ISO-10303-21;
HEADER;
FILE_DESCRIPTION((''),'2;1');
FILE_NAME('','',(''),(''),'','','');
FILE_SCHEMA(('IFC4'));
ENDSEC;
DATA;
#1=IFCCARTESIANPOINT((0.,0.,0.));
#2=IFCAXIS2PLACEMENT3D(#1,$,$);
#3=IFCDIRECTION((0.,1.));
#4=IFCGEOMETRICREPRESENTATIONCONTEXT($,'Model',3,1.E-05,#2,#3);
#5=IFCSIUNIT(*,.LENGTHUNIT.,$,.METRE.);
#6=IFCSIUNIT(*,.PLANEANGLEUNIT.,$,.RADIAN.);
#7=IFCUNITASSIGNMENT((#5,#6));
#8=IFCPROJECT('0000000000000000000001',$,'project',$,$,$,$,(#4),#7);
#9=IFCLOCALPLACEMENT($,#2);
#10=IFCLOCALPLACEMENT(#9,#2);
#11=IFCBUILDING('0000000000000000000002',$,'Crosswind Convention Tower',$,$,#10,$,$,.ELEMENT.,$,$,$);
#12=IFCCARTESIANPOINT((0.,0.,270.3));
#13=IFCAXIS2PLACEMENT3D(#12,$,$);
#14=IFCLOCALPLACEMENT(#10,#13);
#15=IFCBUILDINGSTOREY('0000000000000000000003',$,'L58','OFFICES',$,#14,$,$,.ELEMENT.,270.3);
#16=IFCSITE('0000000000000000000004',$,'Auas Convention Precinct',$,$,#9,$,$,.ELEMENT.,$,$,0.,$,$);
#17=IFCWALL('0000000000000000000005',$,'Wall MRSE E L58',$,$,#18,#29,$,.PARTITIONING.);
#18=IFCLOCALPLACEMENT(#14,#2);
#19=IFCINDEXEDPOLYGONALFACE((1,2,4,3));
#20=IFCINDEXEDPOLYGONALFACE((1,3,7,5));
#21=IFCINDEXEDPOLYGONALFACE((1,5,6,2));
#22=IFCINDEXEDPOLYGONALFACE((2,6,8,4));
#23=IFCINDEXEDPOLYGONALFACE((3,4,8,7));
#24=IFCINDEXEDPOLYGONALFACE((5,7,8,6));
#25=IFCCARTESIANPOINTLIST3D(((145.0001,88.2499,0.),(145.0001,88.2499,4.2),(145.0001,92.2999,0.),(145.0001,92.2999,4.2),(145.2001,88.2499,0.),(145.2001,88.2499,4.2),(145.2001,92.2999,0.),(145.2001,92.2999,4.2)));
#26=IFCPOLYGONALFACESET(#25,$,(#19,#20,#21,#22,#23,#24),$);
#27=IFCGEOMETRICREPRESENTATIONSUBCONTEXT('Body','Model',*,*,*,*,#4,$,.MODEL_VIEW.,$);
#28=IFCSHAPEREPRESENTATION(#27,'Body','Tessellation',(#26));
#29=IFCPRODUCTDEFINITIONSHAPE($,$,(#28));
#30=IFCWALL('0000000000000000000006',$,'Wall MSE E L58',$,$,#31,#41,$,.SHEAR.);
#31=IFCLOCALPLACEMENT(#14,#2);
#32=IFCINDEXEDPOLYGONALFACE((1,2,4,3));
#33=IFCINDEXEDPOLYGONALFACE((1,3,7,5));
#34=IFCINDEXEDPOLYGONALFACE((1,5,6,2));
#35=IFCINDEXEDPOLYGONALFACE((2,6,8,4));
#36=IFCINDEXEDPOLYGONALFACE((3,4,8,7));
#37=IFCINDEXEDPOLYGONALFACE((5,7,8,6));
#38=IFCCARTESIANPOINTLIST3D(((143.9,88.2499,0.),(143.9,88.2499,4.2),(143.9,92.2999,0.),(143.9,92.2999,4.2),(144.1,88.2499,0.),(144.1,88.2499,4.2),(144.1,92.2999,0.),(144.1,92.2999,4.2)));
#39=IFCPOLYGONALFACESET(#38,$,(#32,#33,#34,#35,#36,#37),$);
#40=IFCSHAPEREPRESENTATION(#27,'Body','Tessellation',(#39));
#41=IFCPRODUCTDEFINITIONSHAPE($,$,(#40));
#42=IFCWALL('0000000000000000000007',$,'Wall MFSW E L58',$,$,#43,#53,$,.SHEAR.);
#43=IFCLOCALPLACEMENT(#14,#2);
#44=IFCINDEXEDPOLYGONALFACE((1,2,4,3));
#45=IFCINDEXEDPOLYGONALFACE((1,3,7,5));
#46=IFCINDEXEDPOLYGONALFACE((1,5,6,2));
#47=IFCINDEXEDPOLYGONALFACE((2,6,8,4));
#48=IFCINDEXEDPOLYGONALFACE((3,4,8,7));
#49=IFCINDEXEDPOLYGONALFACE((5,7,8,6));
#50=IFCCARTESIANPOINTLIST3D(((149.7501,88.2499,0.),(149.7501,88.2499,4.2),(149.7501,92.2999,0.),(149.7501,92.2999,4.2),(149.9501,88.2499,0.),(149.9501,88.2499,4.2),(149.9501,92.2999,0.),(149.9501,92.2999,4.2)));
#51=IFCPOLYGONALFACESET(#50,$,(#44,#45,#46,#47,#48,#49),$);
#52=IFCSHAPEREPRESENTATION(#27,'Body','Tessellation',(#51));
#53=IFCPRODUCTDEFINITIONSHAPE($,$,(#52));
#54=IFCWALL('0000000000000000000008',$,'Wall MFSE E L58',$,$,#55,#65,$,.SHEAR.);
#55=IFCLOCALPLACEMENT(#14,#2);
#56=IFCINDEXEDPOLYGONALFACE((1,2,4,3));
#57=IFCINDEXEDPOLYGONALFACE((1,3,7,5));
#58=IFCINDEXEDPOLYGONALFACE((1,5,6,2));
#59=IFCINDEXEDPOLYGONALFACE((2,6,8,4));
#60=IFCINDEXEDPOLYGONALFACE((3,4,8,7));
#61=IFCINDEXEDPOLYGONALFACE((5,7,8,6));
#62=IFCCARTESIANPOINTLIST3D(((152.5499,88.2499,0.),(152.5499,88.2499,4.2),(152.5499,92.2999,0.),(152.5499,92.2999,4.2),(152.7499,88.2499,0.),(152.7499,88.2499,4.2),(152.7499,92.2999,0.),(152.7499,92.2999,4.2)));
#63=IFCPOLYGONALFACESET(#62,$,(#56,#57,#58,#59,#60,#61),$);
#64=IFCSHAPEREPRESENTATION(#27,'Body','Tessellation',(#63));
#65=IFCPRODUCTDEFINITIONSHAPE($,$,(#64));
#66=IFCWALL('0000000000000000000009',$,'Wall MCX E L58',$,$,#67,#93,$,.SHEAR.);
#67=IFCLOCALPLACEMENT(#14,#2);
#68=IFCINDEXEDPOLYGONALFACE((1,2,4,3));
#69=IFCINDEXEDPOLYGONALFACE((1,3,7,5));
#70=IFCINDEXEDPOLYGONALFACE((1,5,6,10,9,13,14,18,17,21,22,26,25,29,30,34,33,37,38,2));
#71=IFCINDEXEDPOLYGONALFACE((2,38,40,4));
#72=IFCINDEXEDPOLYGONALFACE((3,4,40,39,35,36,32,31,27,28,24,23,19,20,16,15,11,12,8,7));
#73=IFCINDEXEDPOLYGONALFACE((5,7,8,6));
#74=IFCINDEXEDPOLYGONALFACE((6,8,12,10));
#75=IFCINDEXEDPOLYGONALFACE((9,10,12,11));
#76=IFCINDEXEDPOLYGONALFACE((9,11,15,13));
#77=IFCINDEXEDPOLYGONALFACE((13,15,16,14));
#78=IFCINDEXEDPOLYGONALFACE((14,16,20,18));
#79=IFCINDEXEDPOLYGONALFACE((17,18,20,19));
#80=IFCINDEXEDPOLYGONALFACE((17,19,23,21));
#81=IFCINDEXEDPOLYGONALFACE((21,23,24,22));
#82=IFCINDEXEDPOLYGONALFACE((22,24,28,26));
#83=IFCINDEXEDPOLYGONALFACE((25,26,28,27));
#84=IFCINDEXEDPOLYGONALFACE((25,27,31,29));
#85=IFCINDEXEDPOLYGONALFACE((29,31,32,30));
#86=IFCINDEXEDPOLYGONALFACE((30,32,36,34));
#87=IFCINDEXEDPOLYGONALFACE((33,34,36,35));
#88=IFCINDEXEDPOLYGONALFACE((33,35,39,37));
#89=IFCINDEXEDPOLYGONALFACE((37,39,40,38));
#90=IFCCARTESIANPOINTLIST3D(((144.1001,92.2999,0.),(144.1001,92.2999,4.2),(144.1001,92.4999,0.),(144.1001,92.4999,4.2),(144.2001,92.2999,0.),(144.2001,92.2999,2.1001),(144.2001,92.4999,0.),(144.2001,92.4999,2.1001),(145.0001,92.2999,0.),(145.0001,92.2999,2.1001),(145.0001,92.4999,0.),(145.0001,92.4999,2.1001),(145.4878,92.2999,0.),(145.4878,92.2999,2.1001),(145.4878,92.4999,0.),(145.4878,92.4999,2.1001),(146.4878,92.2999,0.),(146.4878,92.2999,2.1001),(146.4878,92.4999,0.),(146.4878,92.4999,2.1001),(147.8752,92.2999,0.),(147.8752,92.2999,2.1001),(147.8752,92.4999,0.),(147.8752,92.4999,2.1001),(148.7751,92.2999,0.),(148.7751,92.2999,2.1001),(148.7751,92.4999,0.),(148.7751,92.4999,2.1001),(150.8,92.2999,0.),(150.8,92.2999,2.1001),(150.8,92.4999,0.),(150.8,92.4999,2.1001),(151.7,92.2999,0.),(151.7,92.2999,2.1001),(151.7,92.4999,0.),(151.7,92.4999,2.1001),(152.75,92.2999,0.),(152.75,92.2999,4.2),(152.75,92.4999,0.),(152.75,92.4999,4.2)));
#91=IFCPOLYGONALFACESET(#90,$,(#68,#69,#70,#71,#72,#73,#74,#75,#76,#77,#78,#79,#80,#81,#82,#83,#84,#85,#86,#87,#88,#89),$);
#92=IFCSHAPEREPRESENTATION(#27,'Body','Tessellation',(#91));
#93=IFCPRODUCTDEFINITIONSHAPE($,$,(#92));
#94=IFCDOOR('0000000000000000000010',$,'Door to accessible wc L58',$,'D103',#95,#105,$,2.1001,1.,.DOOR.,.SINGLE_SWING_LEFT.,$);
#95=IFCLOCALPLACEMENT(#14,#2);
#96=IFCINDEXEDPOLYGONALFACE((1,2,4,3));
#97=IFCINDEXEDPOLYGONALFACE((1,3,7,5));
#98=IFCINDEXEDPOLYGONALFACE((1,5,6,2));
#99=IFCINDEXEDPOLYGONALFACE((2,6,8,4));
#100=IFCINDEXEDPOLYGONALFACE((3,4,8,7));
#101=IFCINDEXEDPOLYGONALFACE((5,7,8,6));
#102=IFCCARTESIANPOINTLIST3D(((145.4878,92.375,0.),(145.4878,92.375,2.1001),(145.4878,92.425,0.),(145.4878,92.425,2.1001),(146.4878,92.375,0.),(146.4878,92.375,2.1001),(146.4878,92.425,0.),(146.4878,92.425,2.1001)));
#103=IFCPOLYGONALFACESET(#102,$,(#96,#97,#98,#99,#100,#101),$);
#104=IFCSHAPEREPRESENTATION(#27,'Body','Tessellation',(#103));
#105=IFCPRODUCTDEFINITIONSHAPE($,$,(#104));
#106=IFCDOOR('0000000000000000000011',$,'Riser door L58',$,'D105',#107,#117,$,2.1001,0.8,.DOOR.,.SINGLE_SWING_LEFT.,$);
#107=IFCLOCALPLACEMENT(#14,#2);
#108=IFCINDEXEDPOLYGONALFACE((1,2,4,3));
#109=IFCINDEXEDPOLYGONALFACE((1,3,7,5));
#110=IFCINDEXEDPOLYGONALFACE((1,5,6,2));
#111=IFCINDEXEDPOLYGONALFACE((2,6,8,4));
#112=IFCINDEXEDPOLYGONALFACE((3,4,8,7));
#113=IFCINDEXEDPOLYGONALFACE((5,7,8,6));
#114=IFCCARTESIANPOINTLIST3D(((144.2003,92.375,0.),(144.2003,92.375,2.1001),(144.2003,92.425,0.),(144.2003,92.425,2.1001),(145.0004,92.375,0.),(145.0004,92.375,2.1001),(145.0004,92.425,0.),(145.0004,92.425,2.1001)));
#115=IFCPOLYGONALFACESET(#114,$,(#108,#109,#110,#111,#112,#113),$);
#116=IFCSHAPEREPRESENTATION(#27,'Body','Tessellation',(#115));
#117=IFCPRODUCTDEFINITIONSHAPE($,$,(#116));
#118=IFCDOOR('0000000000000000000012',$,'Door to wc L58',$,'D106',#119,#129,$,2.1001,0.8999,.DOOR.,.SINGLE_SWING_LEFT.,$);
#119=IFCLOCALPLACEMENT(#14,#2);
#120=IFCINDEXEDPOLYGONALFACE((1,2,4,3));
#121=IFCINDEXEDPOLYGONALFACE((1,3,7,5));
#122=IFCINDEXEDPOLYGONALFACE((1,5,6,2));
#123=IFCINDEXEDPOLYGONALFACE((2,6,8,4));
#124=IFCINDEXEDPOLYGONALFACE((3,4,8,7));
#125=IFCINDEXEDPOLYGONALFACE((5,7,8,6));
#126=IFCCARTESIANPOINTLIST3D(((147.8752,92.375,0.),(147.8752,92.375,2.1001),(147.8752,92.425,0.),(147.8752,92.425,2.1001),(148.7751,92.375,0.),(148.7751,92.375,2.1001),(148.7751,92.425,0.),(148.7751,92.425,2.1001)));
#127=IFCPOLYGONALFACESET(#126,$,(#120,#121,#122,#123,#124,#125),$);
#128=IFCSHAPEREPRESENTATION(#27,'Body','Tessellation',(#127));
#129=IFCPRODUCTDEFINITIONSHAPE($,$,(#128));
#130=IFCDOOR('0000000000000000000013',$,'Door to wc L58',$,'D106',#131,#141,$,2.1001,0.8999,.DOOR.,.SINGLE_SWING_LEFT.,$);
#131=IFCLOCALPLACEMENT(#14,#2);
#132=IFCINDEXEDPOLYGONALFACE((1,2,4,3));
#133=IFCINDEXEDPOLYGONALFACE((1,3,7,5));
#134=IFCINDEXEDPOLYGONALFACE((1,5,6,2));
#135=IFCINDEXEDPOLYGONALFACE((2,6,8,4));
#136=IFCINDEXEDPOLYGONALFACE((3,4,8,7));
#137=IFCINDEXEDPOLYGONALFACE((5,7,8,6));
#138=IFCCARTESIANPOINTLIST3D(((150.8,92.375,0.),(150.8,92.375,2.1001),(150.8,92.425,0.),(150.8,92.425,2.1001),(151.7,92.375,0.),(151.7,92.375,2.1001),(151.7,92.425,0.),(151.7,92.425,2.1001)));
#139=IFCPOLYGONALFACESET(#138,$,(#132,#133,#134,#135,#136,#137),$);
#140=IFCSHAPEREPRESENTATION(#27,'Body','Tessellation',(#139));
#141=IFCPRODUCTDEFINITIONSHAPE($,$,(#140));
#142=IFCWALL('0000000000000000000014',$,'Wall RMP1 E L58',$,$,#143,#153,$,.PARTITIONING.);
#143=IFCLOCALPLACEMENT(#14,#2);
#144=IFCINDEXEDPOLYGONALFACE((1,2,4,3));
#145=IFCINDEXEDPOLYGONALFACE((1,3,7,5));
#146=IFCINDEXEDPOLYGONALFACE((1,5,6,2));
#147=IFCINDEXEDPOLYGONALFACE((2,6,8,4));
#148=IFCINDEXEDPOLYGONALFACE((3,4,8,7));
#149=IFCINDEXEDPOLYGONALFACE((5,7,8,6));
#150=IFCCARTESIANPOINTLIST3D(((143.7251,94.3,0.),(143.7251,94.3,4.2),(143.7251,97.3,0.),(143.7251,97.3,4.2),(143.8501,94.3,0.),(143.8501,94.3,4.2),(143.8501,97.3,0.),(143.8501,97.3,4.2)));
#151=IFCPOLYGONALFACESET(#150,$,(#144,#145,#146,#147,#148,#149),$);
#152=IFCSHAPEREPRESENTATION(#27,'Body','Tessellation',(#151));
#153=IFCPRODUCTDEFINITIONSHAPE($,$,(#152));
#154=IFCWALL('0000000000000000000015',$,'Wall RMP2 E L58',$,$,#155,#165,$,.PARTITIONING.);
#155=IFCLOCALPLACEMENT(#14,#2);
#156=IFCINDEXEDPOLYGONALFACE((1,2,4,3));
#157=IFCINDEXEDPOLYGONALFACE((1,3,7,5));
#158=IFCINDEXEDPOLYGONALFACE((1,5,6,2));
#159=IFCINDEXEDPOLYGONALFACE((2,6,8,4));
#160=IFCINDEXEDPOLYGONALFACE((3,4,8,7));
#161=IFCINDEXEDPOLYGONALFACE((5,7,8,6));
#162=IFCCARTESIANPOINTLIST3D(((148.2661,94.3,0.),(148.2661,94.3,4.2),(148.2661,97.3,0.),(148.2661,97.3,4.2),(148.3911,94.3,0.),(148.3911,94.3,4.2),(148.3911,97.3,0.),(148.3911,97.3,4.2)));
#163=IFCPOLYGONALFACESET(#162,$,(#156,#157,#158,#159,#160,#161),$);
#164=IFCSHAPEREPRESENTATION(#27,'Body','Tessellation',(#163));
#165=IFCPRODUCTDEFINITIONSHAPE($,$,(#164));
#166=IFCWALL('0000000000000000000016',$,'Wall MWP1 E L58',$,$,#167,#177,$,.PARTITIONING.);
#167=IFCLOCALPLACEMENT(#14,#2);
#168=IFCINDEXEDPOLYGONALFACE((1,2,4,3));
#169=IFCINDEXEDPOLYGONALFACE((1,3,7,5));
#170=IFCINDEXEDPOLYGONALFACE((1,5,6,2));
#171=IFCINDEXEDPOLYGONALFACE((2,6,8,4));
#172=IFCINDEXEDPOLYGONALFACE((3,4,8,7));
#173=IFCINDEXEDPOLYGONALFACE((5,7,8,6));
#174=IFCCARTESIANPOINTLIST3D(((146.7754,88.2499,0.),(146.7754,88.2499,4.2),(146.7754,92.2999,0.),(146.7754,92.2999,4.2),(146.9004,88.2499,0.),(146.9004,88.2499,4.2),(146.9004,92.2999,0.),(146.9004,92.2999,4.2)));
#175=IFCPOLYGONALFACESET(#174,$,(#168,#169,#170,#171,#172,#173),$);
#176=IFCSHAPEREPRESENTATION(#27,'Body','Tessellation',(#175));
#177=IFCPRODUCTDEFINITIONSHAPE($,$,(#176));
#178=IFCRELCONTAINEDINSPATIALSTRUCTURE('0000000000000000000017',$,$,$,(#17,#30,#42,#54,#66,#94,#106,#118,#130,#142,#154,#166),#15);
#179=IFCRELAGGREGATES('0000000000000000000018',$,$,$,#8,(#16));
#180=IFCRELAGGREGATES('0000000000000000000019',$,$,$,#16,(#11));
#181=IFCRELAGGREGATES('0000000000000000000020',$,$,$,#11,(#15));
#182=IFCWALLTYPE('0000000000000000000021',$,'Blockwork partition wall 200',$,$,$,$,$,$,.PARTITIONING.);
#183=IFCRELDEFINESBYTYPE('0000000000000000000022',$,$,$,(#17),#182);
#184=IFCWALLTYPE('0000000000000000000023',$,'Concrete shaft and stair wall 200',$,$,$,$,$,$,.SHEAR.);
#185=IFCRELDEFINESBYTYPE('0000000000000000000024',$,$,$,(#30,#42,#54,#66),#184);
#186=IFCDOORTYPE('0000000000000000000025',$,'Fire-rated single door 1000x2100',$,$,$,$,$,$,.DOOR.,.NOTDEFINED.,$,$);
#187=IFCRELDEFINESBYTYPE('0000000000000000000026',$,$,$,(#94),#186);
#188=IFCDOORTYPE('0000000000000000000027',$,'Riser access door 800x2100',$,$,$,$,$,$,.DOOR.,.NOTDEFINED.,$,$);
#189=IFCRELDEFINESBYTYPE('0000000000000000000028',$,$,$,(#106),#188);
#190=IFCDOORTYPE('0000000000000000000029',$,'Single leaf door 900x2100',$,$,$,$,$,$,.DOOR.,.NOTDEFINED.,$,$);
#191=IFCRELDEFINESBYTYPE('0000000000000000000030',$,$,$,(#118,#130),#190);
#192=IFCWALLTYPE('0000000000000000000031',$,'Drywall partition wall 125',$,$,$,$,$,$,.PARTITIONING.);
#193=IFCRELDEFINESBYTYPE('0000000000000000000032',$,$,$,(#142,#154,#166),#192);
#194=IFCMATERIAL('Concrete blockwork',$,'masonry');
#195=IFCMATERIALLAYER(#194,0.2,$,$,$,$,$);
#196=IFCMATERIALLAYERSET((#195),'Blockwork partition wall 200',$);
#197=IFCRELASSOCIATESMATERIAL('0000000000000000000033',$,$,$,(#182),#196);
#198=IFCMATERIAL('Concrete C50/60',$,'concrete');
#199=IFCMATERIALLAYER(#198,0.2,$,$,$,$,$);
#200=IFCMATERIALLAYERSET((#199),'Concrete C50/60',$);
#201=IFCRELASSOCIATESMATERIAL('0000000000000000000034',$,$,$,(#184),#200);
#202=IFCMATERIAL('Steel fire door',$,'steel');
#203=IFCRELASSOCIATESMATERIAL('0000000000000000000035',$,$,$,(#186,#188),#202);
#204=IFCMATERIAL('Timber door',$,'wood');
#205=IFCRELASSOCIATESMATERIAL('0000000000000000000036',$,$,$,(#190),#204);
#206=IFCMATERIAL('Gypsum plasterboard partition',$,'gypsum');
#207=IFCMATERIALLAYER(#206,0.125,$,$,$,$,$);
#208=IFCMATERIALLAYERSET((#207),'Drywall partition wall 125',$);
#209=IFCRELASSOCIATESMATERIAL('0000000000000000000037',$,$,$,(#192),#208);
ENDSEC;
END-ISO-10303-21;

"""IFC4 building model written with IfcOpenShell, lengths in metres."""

from ifc_helpers import new_model, si_unit, direction, frame, frame_2d, origin, place, context, subcontext, project, spatial, rectangle, extrude, material, layer, layer_set, type_object, element, fill, save


model = new_model("IFC4")

# Units and contexts
model_context = context("Model", 3, precision=1e-05, world=origin(), true_north=direction((0.0, 1.0)))
body_context = subcontext(model_context, "Body", "Model", "MODEL_VIEW")
ifc_project = project(units=[si_unit("LENGTHUNIT", "METRE"), si_unit("PLANEANGLEUNIT", "RADIAN")], contexts=[model_context])

# Site, building, storey
site_placement = place(None, origin())
site = spatial("IfcSite", under=ifc_project, at=site_placement, Name="Auas Convention Precinct", CompositionType="ELEMENT", RefElevation=0.0)
building_placement = place(site_placement, origin())
building = spatial("IfcBuilding", under=site, at=building_placement, Name="Crosswind Convention Tower", CompositionType="ELEMENT")
storey_placement = place(building_placement, frame((0.0, 0.0, 270.3)))
storey = spatial("IfcBuildingStorey", under=building, at=storey_placement, Name="L58", Description="OFFICES", CompositionType="ELEMENT", Elevation=270.3)

# Walls
ifc_material_1 = material(Name="Concrete blockwork", Category="masonry")
ifc_layer_1 = layer(ifc_material_1, 0.2)
ifc_layer_set_1 = layer_set([ifc_layer_1], Name="Blockwork partition wall 200")
wall_type_1 = type_object("IfcWallType", Name="Blockwork partition wall 200", PredefinedType="PARTITIONING", material=ifc_layer_set_1)
wall_1_placement = place(storey_placement, frame((145.1001, 88.25, 0.0), z_axis=(0.0, 0.0, 1.0), x_axis=(0.0, 1.0, 0.0)))
element("IfcWall", 1, at=wall_1_placement, inside=storey, type_object=wall_type_1, Name="Wall MRSE E L58", PredefinedType="PARTITIONING", context=body_context, shape_type="SweptSolid", body=[
    extrude(rectangle(XDim=4.05, YDim=0.2, at=frame_2d((2.0249, 0.0))), origin(), (0.0, 0.0, 1.0), 4.2),
])
ifc_material_2 = material(Name="Concrete C50/60", Category="concrete")
ifc_layer_2 = layer(ifc_material_2, 0.2)
ifc_layer_set_2 = layer_set([ifc_layer_2], Name="Concrete C50/60")
wall_type_2 = type_object("IfcWallType", Name="Concrete shaft and stair wall 200", PredefinedType="SHEAR", material=ifc_layer_set_2)
for number, where, z_axis, x_axis, name in (
    (2, (144.0, 88.25, 0.0), (0.0, 0.0, 1.0), (0.0, 1.0, 0.0), "Wall MSE E L58"),
    (3, (149.8501, 88.25, 0.0), (0.0, 0.0, 1.0), (0.0, 1.0, 0.0), "Wall MFSW E L58"),
    (4, (152.6499, 88.25, 0.0), (0.0, 0.0, 1.0), (0.0, 1.0, 0.0), "Wall MFSE E L58"),
):
    element("IfcWall", number, at=place(storey_placement, frame(where, z_axis=z_axis, x_axis=x_axis)), inside=storey, type_object=wall_type_2, Name=name, PredefinedType="SHEAR", context=body_context, shape_type="SweptSolid", body=[
        extrude(rectangle(XDim=4.05, YDim=0.2, at=frame_2d((2.0249, 0.0))), origin(), (0.0, 0.0, 1.0), 4.2),
    ])

# Wall, openings, doors
wall_2_placement = place(storey_placement, frame((144.1001, 92.3999, 0.0), z_axis=(0.0, 0.0, 1.0), x_axis=(1.0, 0.0, 0.0)))
wall_2 = element("IfcWall", 5, at=wall_2_placement, inside=storey, type_object=wall_type_2, Name="Wall MCX E L58", PredefinedType="SHEAR", context=body_context, shape_type="SweptSolid", body=[
    extrude(rectangle(XDim=8.6499, YDim=0.2, at=frame_2d((4.325, 0.0))), origin(), (0.0, 0.0, 1.0), 4.2),
])
opening_1_placement = place(wall_2_placement, frame((0.1001, 0.0, 0.0)))
opening_1 = element("IfcOpeningElement", 6, at=opening_1_placement, cuts=wall_2, PredefinedType="OPENING", context=body_context, shape_type="SweptSolid", body=[
    extrude(rectangle(XDim=0.8, YDim=2.1001, at=frame_2d((0.3999, 1.05))), frame((0.0, 0.1099, 0.0), z_axis=(0.0, -1.0, 0.0), x_axis=(1.0, 0.0, 0.0)), (0.0, 0.0, 1.0), 0.22),
])
opening_2_placement = place(wall_2_placement, frame((1.3877, 0.0, 0.0)))
opening_2 = element("IfcOpeningElement", 7, at=opening_2_placement, cuts=wall_2, PredefinedType="OPENING", context=body_context, shape_type="SweptSolid", body=[
    extrude(rectangle(XDim=1.0, YDim=2.1001, at=frame_2d((0.5, 1.05))), frame((0.0, 0.1099, 0.0), z_axis=(0.0, -1.0, 0.0), x_axis=(1.0, 0.0, 0.0)), (0.0, 0.0, 1.0), 0.22),
])
opening_3_placement = place(wall_2_placement, frame((3.7751, 0.0, 0.0)))
opening_3 = element("IfcOpeningElement", 8, at=opening_3_placement, cuts=wall_2, PredefinedType="OPENING", context=body_context, shape_type="SweptSolid", body=[
    extrude(rectangle(XDim=0.8999, YDim=2.1001, at=frame_2d((0.45, 1.05))), frame((0.0, 0.1099, 0.0), z_axis=(0.0, -1.0, 0.0), x_axis=(1.0, 0.0, 0.0)), (0.0, 0.0, 1.0), 0.22),
])
opening_4_placement = place(wall_2_placement, frame((6.7, 0.0, 0.0)))
opening_4 = element("IfcOpeningElement", 9, at=opening_4_placement, cuts=wall_2, PredefinedType="OPENING", context=body_context, shape_type="SweptSolid", body=[
    extrude(rectangle(XDim=0.8999, YDim=2.1001, at=frame_2d((0.45, 1.05))), frame((0.0, 0.1099, 0.0), z_axis=(0.0, -1.0, 0.0), x_axis=(1.0, 0.0, 0.0)), (0.0, 0.0, 1.0), 0.22),
])
ifc_material_3 = material(Name="Steel fire door", Category="steel")
door_type_1 = type_object("IfcDoorType", Name="Fire-rated single door 1000x2100", OperationType="NOTDEFINED", PredefinedType="DOOR", material=ifc_material_3)
door_1_placement = place(opening_2_placement, frame((1.0, 0.0, 0.0), z_axis=(0.0, 0.0, 1.0), x_axis=(-1.0, 0.0, 0.0)))
door_1 = element("IfcDoor", 10, at=door_1_placement, inside=storey, type_object=door_type_1, Name="Door to accessible wc L58", ObjectType="D103", OperationType="SINGLE_SWING_LEFT", OverallHeight=2.1001, OverallWidth=1.0, PredefinedType="DOOR", context=body_context, shape_type="SweptSolid", body=[
    extrude(rectangle(XDim=1.0, YDim=2.1001, at=frame_2d((0.5, 1.05))), frame((0.0, 0.0249, 0.0), z_axis=(0.0, -1.0, 0.0), x_axis=(1.0, 0.0, 0.0)), (0.0, 0.0, 1.0), 0.05),
])
fill(opening_2, door_1)
door_type_2 = type_object("IfcDoorType", Name="Riser access door 800x2100", OperationType="NOTDEFINED", PredefinedType="DOOR", material=ifc_material_3)
door_2_placement = place(opening_1_placement, frame((0.8, 0.0, 0.0), z_axis=(0.0, 0.0, 1.0), x_axis=(-1.0, 0.0, 0.0)))
door_2 = element("IfcDoor", 11, at=door_2_placement, inside=storey, type_object=door_type_2, Name="Riser door L58", ObjectType="D105", OperationType="SINGLE_SWING_LEFT", OverallHeight=2.1001, OverallWidth=0.8, PredefinedType="DOOR", context=body_context, shape_type="SweptSolid", body=[
    extrude(rectangle(XDim=0.8, YDim=2.1001, at=frame_2d((0.3999, 1.05))), frame((0.0, 0.0249, 0.0), z_axis=(0.0, -1.0, 0.0), x_axis=(1.0, 0.0, 0.0)), (0.0, 0.0, 1.0), 0.05),
])
fill(opening_1, door_2)
ifc_material_4 = material(Name="Timber door", Category="wood")
door_type_3 = type_object("IfcDoorType", Name="Single leaf door 900x2100", OperationType="NOTDEFINED", PredefinedType="DOOR", material=ifc_material_4)
door_3_placement = place(opening_3_placement, frame((0.8999, 0.0, 0.0), z_axis=(0.0, 0.0, 1.0), x_axis=(-1.0, 0.0, 0.0)))
door_3 = element("IfcDoor", 12, at=door_3_placement, inside=storey, type_object=door_type_3, Name="Door to wc L58", ObjectType="D106", OperationType="SINGLE_SWING_LEFT", OverallHeight=2.1001, OverallWidth=0.8999, PredefinedType="DOOR", context=body_context, shape_type="SweptSolid", body=[
    extrude(rectangle(XDim=0.8999, YDim=2.1001, at=frame_2d((0.45, 1.05))), frame((0.0, 0.0249, 0.0), z_axis=(0.0, -1.0, 0.0), x_axis=(1.0, 0.0, 0.0)), (0.0, 0.0, 1.0), 0.05),
])
fill(opening_3, door_3)
door_4_placement = place(opening_4_placement, frame((0.8999, 0.0, 0.0), z_axis=(0.0, 0.0, 1.0), x_axis=(-1.0, 0.0, 0.0)))
door_4 = element("IfcDoor", 13, at=door_4_placement, inside=storey, type_object=door_type_3, Name="Door to wc L58", ObjectType="D106", OperationType="SINGLE_SWING_LEFT", OverallHeight=2.1001, OverallWidth=0.8999, PredefinedType="DOOR", context=body_context, shape_type="SweptSolid", body=[
    extrude(rectangle(XDim=0.8999, YDim=2.1001, at=frame_2d((0.45, 1.05))), frame((0.0, 0.0249, 0.0), z_axis=(0.0, -1.0, 0.0), x_axis=(1.0, 0.0, 0.0)), (0.0, 0.0, 1.0), 0.05),
])
fill(opening_4, door_4)

# Walls
ifc_material_5 = material(Name="Gypsum plasterboard partition", Category="gypsum")
ifc_layer_3 = layer(ifc_material_5, 0.125)
ifc_layer_set_3 = layer_set([ifc_layer_3], Name="Drywall partition wall 125")
wall_type_3 = type_object("IfcWallType", Name="Drywall partition wall 125", PredefinedType="PARTITIONING", material=ifc_layer_set_3)
for number, where, z_axis, x_axis, name in (
    (14, (143.7876, 94.3, 0.0), (0.0, 0.0, 1.0), (0.0, 1.0, 0.0), "Wall RMP1 E L58"),
    (15, (148.3286, 94.3, 0.0), (0.0, 0.0, 1.0), (0.0, 1.0, 0.0), "Wall RMP2 E L58"),
):
    element("IfcWall", number, at=place(storey_placement, frame(where, z_axis=z_axis, x_axis=x_axis)), inside=storey, type_object=wall_type_3, Name=name, PredefinedType="PARTITIONING", context=body_context, shape_type="SweptSolid", body=[
        extrude(rectangle(XDim=3.0, YDim=0.125, at=frame_2d((1.5, 0.0))), origin(), (0.0, 0.0, 1.0), 4.2),
    ])
wall_3_placement = place(storey_placement, frame((146.8379, 88.25, 0.0), z_axis=(0.0, 0.0, 1.0), x_axis=(0.0, 1.0, 0.0)))
element("IfcWall", 16, at=wall_3_placement, inside=storey, type_object=wall_type_3, Name="Wall MWP1 E L58", PredefinedType="PARTITIONING", context=body_context, shape_type="SweptSolid", body=[
    extrude(rectangle(XDim=4.05, YDim=0.125, at=frame_2d((2.0249, 0.0))), origin(), (0.0, 0.0, 1.0), 4.2),
])

save(model, "model.ifc")
